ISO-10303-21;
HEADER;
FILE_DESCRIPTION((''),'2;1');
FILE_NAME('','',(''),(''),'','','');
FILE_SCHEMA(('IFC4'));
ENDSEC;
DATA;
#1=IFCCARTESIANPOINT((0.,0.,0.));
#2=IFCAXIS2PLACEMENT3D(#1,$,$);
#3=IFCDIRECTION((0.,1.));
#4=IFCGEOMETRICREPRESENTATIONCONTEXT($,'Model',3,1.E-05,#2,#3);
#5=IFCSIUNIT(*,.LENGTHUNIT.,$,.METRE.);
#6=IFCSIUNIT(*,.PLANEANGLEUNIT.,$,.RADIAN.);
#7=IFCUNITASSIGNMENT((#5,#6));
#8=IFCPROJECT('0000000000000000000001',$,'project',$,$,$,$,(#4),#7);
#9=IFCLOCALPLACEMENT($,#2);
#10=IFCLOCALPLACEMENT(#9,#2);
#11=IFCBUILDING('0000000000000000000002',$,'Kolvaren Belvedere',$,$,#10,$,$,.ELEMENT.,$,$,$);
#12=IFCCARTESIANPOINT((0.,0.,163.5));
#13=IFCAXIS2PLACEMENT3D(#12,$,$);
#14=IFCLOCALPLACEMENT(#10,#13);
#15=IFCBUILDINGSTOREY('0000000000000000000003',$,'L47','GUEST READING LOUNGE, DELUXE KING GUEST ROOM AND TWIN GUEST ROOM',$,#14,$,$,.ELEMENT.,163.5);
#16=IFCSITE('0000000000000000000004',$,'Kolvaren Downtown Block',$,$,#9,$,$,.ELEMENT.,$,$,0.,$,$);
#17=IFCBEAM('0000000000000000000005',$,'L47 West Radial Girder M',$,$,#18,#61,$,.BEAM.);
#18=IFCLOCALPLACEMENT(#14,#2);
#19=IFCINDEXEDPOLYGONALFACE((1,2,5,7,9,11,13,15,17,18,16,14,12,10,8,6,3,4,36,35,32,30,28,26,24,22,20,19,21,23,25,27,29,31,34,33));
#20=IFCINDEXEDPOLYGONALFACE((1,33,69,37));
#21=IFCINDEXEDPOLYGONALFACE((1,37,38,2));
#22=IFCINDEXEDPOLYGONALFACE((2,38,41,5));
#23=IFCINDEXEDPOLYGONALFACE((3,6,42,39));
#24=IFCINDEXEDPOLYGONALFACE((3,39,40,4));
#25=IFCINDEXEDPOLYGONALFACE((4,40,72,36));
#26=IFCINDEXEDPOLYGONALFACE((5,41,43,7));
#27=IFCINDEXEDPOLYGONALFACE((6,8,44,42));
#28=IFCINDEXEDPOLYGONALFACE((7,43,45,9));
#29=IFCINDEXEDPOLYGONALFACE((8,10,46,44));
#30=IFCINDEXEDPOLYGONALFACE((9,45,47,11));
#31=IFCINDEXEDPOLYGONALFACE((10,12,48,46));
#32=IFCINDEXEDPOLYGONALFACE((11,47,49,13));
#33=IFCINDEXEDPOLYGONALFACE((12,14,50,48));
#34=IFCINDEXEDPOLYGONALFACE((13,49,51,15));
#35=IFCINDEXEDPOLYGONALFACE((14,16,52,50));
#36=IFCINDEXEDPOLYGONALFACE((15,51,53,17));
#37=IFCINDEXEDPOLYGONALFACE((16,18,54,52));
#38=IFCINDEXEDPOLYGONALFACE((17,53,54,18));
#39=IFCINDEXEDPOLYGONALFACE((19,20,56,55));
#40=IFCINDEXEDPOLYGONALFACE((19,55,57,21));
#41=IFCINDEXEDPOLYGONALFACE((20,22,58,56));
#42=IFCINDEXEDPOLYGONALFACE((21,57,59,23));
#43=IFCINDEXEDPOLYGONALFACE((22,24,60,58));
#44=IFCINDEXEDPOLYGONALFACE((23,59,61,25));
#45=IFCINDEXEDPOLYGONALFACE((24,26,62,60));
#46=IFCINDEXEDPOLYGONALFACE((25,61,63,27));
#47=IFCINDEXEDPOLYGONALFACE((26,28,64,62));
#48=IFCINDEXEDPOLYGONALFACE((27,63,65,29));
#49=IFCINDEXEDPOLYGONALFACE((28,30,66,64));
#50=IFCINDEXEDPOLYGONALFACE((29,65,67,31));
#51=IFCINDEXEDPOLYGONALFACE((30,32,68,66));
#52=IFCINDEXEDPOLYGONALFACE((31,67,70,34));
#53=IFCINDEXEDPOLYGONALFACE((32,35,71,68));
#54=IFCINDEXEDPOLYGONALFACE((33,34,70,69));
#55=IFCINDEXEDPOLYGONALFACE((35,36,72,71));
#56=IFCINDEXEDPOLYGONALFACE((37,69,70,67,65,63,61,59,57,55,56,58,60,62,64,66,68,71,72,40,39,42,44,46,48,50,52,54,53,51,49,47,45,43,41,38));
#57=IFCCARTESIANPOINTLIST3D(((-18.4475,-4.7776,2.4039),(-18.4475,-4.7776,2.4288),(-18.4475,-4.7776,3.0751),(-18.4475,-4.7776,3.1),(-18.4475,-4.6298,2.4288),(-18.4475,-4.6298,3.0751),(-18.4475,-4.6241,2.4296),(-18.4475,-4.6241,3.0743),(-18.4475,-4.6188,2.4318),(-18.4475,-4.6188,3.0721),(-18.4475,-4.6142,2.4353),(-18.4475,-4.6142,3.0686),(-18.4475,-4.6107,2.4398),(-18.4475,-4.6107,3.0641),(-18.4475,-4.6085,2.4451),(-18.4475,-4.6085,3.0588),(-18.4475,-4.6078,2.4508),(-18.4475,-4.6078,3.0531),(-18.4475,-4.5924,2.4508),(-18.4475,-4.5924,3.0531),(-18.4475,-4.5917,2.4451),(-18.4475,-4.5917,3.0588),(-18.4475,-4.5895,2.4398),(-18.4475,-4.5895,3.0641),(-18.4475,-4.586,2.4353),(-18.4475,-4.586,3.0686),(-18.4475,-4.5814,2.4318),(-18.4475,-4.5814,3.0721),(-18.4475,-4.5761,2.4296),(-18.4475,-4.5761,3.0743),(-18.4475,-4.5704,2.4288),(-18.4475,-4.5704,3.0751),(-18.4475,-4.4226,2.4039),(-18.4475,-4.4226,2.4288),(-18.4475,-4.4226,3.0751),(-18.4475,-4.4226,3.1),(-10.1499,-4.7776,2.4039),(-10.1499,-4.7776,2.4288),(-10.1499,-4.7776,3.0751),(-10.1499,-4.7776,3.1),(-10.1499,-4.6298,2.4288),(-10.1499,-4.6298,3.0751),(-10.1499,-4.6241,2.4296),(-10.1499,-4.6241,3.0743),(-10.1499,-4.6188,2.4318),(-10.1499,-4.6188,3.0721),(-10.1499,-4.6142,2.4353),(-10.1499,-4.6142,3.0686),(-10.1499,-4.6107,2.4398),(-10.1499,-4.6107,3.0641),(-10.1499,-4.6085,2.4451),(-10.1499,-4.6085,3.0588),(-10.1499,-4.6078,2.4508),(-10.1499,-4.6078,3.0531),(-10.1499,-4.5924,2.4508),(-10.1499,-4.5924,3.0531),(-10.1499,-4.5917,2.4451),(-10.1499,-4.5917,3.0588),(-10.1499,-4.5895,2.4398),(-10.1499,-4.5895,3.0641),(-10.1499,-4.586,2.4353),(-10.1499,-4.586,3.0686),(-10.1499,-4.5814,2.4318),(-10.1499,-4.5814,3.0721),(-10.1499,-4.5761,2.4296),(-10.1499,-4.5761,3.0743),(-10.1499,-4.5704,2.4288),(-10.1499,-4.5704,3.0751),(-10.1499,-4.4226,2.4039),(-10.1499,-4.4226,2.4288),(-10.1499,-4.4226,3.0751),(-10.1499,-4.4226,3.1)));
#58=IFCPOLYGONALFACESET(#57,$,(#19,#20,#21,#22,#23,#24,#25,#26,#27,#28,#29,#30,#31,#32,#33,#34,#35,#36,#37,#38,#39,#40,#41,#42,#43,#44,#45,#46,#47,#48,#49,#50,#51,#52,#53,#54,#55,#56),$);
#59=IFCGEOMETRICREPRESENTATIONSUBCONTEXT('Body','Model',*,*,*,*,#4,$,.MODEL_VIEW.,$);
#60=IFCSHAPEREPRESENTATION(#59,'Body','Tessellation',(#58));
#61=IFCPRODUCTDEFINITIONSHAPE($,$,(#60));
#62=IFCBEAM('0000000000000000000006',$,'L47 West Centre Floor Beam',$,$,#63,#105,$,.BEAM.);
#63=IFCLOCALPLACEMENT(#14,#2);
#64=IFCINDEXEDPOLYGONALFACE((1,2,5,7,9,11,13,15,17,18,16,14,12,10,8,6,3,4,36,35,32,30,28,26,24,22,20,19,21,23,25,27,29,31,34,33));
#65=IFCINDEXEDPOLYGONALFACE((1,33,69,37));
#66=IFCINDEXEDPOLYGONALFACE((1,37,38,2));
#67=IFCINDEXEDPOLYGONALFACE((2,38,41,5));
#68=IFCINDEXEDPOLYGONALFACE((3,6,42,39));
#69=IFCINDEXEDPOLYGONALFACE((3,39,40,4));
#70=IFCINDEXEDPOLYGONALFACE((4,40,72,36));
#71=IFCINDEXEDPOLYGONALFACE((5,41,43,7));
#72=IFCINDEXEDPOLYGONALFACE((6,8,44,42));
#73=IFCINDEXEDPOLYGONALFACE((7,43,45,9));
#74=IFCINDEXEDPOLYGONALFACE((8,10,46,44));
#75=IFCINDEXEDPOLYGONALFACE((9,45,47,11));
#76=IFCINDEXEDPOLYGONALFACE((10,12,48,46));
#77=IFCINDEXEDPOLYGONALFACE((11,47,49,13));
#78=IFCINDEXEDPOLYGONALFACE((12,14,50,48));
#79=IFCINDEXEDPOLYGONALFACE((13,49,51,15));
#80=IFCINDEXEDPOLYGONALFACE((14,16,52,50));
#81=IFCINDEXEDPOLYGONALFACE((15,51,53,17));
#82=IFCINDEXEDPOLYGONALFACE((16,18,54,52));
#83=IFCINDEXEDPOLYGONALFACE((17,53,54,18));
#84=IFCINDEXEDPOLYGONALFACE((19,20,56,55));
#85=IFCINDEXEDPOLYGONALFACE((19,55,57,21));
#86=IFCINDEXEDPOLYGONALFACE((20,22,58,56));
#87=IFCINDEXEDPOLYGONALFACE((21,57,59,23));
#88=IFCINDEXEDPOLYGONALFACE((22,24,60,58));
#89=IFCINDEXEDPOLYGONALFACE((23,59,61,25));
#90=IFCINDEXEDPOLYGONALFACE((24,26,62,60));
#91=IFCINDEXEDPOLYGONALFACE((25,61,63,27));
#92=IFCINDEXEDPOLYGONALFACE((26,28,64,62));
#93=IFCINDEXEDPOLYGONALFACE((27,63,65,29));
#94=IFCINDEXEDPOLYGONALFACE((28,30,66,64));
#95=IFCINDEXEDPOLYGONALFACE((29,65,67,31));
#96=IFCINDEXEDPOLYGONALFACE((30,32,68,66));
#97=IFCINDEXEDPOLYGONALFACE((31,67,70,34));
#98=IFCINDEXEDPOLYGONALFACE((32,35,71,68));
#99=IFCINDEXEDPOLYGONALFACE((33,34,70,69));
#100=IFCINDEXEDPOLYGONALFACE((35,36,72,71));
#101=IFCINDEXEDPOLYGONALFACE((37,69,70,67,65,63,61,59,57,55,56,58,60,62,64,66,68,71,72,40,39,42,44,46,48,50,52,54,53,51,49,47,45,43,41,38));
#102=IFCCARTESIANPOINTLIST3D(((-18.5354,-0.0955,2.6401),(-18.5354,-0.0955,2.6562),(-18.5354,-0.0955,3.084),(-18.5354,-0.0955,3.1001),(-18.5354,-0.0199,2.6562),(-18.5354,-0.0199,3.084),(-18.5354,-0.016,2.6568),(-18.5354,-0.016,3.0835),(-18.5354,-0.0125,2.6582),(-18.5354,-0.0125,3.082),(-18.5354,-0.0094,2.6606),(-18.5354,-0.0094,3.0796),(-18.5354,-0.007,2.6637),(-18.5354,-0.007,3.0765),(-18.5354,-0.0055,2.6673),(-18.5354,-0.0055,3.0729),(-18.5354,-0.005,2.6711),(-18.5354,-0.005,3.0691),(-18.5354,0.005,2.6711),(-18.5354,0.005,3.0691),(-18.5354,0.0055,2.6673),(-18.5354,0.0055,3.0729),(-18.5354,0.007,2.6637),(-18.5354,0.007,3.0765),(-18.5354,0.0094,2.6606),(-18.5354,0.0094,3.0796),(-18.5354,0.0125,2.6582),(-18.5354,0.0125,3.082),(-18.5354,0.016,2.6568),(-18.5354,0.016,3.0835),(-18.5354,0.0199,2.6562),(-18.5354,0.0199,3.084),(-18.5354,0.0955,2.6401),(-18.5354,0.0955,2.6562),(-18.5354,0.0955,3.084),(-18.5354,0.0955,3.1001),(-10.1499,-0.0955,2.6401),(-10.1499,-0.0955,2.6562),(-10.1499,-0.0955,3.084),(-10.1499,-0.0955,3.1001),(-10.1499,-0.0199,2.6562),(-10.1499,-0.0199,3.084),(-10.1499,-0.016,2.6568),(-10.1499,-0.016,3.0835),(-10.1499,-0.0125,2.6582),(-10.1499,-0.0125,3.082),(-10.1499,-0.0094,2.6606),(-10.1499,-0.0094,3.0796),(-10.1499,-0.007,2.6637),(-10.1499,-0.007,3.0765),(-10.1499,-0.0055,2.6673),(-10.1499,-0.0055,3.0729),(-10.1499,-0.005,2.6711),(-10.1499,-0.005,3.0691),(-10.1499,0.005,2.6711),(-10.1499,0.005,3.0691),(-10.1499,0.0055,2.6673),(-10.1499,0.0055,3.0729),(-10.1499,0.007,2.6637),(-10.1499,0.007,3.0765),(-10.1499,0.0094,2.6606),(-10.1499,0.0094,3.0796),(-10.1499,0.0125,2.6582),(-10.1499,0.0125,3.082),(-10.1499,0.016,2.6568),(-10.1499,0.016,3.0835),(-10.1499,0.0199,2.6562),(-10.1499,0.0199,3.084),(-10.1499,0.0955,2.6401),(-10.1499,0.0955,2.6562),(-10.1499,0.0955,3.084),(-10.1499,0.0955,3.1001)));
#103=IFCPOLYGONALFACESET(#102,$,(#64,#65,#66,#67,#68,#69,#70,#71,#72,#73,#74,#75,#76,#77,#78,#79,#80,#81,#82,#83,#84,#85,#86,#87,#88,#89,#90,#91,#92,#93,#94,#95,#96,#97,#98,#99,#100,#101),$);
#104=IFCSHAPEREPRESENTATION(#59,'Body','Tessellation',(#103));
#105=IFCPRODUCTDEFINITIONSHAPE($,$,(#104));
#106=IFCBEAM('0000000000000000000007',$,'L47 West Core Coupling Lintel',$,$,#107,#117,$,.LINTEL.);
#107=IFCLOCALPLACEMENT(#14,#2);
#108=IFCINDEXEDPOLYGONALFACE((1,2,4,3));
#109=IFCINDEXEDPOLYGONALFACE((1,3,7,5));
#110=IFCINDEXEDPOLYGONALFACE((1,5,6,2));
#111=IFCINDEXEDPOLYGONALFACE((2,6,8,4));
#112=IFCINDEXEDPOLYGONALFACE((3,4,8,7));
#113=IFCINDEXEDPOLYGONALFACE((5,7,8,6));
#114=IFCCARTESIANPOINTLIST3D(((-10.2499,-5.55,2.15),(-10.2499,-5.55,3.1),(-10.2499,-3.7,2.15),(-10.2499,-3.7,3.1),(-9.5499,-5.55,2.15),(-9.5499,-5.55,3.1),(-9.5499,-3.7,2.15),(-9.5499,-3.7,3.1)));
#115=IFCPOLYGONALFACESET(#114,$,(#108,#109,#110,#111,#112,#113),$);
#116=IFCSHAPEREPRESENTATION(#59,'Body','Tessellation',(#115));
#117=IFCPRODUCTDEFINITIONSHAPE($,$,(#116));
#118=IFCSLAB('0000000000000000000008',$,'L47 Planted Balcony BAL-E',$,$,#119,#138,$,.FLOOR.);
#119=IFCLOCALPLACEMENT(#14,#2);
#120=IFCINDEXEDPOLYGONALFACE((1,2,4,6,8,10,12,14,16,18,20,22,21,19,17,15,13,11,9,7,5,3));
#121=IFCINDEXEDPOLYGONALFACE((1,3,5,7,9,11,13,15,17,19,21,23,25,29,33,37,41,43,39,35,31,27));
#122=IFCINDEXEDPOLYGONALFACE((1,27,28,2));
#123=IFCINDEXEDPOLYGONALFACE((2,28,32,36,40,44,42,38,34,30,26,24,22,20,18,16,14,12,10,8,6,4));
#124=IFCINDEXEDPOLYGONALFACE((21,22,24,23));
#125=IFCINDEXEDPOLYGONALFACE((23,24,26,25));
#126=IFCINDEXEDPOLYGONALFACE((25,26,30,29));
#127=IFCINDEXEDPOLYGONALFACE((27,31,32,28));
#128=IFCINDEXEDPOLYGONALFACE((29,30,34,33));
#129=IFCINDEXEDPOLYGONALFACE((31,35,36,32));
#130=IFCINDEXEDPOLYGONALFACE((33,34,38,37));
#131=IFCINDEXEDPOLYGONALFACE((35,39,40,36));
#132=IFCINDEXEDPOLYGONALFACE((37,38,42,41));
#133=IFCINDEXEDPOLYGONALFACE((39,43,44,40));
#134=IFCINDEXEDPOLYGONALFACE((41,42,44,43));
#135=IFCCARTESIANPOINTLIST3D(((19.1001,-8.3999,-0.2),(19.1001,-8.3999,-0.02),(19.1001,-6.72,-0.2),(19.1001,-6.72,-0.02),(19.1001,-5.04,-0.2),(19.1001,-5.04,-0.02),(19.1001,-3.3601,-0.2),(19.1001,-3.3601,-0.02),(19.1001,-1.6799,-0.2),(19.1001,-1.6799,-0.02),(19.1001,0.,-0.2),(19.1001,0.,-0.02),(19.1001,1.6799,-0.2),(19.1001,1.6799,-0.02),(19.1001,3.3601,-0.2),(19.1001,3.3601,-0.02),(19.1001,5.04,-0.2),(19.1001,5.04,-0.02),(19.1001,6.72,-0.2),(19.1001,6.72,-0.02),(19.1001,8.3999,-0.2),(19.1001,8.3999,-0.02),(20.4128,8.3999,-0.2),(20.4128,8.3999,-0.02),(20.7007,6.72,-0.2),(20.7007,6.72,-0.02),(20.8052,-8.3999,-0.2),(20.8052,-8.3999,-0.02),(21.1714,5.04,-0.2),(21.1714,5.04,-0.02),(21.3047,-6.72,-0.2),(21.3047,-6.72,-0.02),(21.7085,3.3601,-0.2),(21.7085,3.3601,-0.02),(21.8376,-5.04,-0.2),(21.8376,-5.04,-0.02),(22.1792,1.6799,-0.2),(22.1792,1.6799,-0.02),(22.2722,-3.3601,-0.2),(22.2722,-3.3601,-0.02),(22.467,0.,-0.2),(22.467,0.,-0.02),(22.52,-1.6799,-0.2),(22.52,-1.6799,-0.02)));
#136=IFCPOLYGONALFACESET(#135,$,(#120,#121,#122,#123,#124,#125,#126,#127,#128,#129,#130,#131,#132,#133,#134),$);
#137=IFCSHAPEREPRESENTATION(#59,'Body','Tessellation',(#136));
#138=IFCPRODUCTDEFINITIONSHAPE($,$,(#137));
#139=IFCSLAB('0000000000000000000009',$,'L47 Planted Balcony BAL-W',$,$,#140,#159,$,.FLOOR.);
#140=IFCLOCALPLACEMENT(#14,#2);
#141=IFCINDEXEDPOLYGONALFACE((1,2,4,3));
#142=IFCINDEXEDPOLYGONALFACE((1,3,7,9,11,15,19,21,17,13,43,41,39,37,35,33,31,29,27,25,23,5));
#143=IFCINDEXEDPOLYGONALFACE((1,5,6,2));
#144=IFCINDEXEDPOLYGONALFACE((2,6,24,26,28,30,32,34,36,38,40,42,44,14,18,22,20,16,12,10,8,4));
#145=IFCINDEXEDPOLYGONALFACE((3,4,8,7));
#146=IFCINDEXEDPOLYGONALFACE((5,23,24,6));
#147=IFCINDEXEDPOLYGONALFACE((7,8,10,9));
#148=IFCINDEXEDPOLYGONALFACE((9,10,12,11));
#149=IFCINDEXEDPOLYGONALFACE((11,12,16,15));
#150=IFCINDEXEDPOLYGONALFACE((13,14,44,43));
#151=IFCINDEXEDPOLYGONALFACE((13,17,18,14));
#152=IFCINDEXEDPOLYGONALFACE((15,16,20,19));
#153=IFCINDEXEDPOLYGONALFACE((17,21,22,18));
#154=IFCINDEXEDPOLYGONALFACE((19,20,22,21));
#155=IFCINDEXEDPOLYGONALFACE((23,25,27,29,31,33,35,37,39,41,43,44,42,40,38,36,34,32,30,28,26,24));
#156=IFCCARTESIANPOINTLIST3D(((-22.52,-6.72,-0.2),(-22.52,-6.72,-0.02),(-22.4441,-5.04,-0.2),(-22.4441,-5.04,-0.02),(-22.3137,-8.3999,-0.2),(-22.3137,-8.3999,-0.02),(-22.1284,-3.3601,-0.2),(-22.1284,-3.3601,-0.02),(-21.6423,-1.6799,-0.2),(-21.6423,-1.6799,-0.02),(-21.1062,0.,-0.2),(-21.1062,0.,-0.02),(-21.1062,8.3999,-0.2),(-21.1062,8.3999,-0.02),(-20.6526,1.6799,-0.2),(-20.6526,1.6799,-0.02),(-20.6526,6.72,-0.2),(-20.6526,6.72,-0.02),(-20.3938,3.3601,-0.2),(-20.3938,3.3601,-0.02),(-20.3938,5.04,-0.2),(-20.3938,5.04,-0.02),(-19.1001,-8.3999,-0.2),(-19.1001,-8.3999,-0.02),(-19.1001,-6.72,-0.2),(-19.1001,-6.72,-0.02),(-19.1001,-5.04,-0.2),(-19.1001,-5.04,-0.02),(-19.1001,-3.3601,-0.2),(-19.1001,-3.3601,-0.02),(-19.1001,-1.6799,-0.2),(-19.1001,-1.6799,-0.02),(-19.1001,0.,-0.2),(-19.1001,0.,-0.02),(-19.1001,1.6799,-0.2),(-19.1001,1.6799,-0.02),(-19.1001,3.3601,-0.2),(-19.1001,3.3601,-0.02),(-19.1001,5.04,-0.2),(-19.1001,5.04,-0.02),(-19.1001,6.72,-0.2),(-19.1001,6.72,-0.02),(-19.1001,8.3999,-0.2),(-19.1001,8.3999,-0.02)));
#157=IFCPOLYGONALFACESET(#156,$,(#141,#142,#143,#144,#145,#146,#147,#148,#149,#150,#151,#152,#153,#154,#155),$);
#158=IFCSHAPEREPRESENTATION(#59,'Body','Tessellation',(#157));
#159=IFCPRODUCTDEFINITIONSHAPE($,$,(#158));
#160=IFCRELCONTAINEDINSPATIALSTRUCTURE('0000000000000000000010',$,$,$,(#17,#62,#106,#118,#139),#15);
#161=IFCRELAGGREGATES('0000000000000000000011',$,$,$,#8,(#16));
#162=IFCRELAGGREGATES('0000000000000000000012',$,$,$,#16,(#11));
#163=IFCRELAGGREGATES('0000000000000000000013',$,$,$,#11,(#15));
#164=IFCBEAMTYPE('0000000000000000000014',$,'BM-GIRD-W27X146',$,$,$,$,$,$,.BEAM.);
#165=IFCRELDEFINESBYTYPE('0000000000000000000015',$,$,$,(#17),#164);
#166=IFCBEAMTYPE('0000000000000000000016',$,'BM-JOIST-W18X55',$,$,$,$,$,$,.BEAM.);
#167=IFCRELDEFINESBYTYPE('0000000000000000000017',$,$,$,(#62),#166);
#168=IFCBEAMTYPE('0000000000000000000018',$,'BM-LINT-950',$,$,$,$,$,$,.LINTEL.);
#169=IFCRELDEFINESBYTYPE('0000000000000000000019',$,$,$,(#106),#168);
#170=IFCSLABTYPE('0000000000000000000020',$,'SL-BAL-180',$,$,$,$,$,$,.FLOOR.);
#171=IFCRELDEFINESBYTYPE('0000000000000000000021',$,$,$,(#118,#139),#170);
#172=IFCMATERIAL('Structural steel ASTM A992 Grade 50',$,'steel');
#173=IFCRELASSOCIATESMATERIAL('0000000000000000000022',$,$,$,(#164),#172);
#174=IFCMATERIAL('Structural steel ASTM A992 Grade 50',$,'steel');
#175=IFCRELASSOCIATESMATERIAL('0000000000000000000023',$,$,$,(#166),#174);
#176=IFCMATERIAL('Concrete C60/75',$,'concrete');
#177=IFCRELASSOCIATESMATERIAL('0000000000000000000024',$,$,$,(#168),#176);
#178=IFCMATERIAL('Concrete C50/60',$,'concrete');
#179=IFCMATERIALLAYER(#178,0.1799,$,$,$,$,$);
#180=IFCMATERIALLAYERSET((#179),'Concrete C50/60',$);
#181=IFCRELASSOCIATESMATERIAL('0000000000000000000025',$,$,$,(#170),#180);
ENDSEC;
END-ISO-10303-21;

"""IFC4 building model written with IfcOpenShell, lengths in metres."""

from ifc_helpers import new_model, si_unit, direction, frame, origin, origin_2d, place, context, subcontext, project, spatial, polyline, rectangle, i_section, outline, extrude, material, layer, layer_set, material_profile, profile_set, type_object, element, save


model = new_model("IFC4")

# Units and contexts
model_context = context("Model", 3, precision=1e-05, world=origin(), true_north=direction((0.0, 1.0)))
body_context = subcontext(model_context, "Body", "Model", "MODEL_VIEW")
ifc_project = project(units=[si_unit("LENGTHUNIT", "METRE"), si_unit("PLANEANGLEUNIT", "RADIAN")], contexts=[model_context])

# Site, building, storey
site_placement = place(None, origin())
site = spatial("IfcSite", under=ifc_project, at=site_placement, Name="Kolvaren Downtown Block", CompositionType="ELEMENT", RefElevation=0.0)
building_placement = place(site_placement, origin())
building = spatial("IfcBuilding", under=site, at=building_placement, Name="Kolvaren Belvedere", CompositionType="ELEMENT")
storey_placement = place(building_placement, frame((0.0, 0.0, 163.5)))
storey = spatial("IfcBuildingStorey", under=building, at=storey_placement, Name="L47", Description="GUEST READING LOUNGE, DELUXE KING GUEST ROOM AND TWIN GUEST ROOM", CompositionType="ELEMENT", Elevation=163.5)

# Beams
ifc_material_1 = material(Name="Structural steel ASTM A992 Grade 50", Category="steel")
ifc_material_profile_1 = material_profile(ifc_material_1, i_section(OverallWidth=0.355, OverallDepth=0.696, WebThickness=0.0154, FlangeThickness=0.0249, FilletRadius=0.022, at=origin_2d()), Name="W27X146")
ifc_profile_set_1 = profile_set([ifc_material_profile_1], Name="Structural steel ASTM A992 Grade 50")
beam_type_1 = type_object("IfcBeamType", Name="BM-GIRD-W27X146", PredefinedType="BEAM", material=ifc_profile_set_1)
beam_1_placement = place(storey_placement, frame((-10.1499, -4.6001, 2.752), z_axis=(-1.0, 0.0, 0.0), x_axis=(0.0, -1.0, 0.0)))
element("IfcBeam", 1, at=beam_1_placement, inside=storey, type_object=beam_type_1, Name="L47 West Radial Girder M", PredefinedType="BEAM", context=body_context, shape_type="SweptSolid", body=[
    extrude(i_section(OverallWidth=0.355, OverallDepth=0.696, WebThickness=0.0154, FlangeThickness=0.0249, FilletRadius=0.022, at=origin_2d()), origin(), (0.0, 0.0, 1.0), 8.2976),
])
ifc_material_2 = material(Name="Structural steel ASTM A992 Grade 50", Category="steel")
ifc_material_profile_2 = material_profile(ifc_material_2, i_section(OverallWidth=0.1909, OverallDepth=0.46, WebThickness=0.01, FlangeThickness=0.0161, FilletRadius=0.0149, at=origin_2d()), Name="W18X55")
ifc_profile_set_2 = profile_set([ifc_material_profile_2], Name="Structural steel ASTM A992 Grade 50")
beam_type_2 = type_object("IfcBeamType", Name="BM-JOIST-W18X55", PredefinedType="BEAM", material=ifc_profile_set_2)
beam_2_placement = place(storey_placement, frame((-10.1499, 0.0, 2.8701), z_axis=(-1.0, 0.0, 0.0), x_axis=(0.0, -1.0, 0.0)))
element("IfcBeam", 2, at=beam_2_placement, inside=storey, type_object=beam_type_2, Name="L47 West Centre Floor Beam", PredefinedType="BEAM", context=body_context, shape_type="SweptSolid", body=[
    extrude(i_section(OverallWidth=0.1909, OverallDepth=0.46, WebThickness=0.01, FlangeThickness=0.0161, FilletRadius=0.0149, at=origin_2d()), origin(), (0.0, 0.0, 1.0), 8.3855),
])
ifc_material_3 = material(Name="Concrete C60/75", Category="concrete")
ifc_material_profile_3 = material_profile(ifc_material_3, rectangle(XDim=0.7, YDim=0.95, at=origin_2d()), Name="RC 700X950")
ifc_profile_set_3 = profile_set([ifc_material_profile_3], Name="Concrete C60/75")
beam_type_3 = type_object("IfcBeamType", Name="BM-LINT-950", PredefinedType="LINTEL", material=ifc_profile_set_3)
beam_3_placement = place(storey_placement, frame((-9.8999, -5.55, 2.625), z_axis=(0.0, 1.0, 0.0), x_axis=(-1.0, 0.0, 0.0)))
element("IfcBeam", 3, at=beam_3_placement, inside=storey, type_object=beam_type_3, Name="L47 West Core Coupling Lintel", PredefinedType="LINTEL", context=body_context, shape_type="SweptSolid", body=[
    extrude(rectangle(XDim=0.7, YDim=0.95, at=origin_2d()), origin(), (0.0, 0.0, 1.0), 1.8501),
])

# Slabs
ifc_material_4 = material(Name="Concrete C50/60", Category="concrete")
ifc_layer_1 = layer(ifc_material_4, 0.1799)
ifc_layer_set_1 = layer_set([ifc_layer_1], Name="Concrete C50/60")
slab_type_1 = type_object("IfcSlabType", Name="SL-BAL-180", PredefinedType="FLOOR", material=ifc_layer_set_1)
slab_1_placement = place(storey_placement, frame((0.0, 0.0, -0.2)))
element("IfcSlab", 4, at=slab_1_placement, inside=storey, type_object=slab_type_1, Name="L47 Planted Balcony BAL-E", PredefinedType="FLOOR", context=body_context, shape_type="SweptSolid", body=[
    extrude(outline(polyline([(20.8052, -8.3999), (21.3047, -6.72), (21.8376, -5.04), (22.2722, -3.3601), (22.52, -1.6799), (22.467, 0.0), (22.1792, 1.6799), (21.7085, 3.3601), (21.1714, 5.04), (20.7007, 6.72), (20.4128, 8.3999), (19.1001, 8.3999), (19.1001, 6.72), (19.1001, 5.04), (19.1001, 3.3601), (19.1001, 1.6799), (19.1001, 0.0), (19.1001, -1.6799), (19.1001, -3.3601), (19.1001, -5.04), (19.1001, -6.72), (19.1001, -8.3999), (20.8052, -8.3999)])), origin(), (0.0, 0.0, 1.0), 0.1799),
])
slab_2_placement = place(storey_placement, frame((0.0, 0.0, -0.2)))
element("IfcSlab", 5, at=slab_2_placement, inside=storey, type_object=slab_type_1, Name="L47 Planted Balcony BAL-W", PredefinedType="FLOOR", context=body_context, shape_type="SweptSolid", body=[
    extrude(outline(polyline([(-21.1062, 8.3999), (-20.6526, 6.72), (-20.3938, 5.04), (-20.3938, 3.3601), (-20.6526, 1.6799), (-21.1062, 0.0), (-21.6423, -1.6799), (-22.1284, -3.3601), (-22.4441, -5.04), (-22.52, -6.72), (-22.3137, -8.3999), (-19.1001, -8.3999), (-19.1001, -6.72), (-19.1001, -5.04), (-19.1001, -3.3601), (-19.1001, -1.6799), (-19.1001, 0.0), (-19.1001, 1.6799), (-19.1001, 3.3601), (-19.1001, 5.04), (-19.1001, 6.72), (-19.1001, 8.3999), (-21.1062, 8.3999)])), origin(), (0.0, 0.0, 1.0), 0.1799),
])

save(model, "model.ifc")
